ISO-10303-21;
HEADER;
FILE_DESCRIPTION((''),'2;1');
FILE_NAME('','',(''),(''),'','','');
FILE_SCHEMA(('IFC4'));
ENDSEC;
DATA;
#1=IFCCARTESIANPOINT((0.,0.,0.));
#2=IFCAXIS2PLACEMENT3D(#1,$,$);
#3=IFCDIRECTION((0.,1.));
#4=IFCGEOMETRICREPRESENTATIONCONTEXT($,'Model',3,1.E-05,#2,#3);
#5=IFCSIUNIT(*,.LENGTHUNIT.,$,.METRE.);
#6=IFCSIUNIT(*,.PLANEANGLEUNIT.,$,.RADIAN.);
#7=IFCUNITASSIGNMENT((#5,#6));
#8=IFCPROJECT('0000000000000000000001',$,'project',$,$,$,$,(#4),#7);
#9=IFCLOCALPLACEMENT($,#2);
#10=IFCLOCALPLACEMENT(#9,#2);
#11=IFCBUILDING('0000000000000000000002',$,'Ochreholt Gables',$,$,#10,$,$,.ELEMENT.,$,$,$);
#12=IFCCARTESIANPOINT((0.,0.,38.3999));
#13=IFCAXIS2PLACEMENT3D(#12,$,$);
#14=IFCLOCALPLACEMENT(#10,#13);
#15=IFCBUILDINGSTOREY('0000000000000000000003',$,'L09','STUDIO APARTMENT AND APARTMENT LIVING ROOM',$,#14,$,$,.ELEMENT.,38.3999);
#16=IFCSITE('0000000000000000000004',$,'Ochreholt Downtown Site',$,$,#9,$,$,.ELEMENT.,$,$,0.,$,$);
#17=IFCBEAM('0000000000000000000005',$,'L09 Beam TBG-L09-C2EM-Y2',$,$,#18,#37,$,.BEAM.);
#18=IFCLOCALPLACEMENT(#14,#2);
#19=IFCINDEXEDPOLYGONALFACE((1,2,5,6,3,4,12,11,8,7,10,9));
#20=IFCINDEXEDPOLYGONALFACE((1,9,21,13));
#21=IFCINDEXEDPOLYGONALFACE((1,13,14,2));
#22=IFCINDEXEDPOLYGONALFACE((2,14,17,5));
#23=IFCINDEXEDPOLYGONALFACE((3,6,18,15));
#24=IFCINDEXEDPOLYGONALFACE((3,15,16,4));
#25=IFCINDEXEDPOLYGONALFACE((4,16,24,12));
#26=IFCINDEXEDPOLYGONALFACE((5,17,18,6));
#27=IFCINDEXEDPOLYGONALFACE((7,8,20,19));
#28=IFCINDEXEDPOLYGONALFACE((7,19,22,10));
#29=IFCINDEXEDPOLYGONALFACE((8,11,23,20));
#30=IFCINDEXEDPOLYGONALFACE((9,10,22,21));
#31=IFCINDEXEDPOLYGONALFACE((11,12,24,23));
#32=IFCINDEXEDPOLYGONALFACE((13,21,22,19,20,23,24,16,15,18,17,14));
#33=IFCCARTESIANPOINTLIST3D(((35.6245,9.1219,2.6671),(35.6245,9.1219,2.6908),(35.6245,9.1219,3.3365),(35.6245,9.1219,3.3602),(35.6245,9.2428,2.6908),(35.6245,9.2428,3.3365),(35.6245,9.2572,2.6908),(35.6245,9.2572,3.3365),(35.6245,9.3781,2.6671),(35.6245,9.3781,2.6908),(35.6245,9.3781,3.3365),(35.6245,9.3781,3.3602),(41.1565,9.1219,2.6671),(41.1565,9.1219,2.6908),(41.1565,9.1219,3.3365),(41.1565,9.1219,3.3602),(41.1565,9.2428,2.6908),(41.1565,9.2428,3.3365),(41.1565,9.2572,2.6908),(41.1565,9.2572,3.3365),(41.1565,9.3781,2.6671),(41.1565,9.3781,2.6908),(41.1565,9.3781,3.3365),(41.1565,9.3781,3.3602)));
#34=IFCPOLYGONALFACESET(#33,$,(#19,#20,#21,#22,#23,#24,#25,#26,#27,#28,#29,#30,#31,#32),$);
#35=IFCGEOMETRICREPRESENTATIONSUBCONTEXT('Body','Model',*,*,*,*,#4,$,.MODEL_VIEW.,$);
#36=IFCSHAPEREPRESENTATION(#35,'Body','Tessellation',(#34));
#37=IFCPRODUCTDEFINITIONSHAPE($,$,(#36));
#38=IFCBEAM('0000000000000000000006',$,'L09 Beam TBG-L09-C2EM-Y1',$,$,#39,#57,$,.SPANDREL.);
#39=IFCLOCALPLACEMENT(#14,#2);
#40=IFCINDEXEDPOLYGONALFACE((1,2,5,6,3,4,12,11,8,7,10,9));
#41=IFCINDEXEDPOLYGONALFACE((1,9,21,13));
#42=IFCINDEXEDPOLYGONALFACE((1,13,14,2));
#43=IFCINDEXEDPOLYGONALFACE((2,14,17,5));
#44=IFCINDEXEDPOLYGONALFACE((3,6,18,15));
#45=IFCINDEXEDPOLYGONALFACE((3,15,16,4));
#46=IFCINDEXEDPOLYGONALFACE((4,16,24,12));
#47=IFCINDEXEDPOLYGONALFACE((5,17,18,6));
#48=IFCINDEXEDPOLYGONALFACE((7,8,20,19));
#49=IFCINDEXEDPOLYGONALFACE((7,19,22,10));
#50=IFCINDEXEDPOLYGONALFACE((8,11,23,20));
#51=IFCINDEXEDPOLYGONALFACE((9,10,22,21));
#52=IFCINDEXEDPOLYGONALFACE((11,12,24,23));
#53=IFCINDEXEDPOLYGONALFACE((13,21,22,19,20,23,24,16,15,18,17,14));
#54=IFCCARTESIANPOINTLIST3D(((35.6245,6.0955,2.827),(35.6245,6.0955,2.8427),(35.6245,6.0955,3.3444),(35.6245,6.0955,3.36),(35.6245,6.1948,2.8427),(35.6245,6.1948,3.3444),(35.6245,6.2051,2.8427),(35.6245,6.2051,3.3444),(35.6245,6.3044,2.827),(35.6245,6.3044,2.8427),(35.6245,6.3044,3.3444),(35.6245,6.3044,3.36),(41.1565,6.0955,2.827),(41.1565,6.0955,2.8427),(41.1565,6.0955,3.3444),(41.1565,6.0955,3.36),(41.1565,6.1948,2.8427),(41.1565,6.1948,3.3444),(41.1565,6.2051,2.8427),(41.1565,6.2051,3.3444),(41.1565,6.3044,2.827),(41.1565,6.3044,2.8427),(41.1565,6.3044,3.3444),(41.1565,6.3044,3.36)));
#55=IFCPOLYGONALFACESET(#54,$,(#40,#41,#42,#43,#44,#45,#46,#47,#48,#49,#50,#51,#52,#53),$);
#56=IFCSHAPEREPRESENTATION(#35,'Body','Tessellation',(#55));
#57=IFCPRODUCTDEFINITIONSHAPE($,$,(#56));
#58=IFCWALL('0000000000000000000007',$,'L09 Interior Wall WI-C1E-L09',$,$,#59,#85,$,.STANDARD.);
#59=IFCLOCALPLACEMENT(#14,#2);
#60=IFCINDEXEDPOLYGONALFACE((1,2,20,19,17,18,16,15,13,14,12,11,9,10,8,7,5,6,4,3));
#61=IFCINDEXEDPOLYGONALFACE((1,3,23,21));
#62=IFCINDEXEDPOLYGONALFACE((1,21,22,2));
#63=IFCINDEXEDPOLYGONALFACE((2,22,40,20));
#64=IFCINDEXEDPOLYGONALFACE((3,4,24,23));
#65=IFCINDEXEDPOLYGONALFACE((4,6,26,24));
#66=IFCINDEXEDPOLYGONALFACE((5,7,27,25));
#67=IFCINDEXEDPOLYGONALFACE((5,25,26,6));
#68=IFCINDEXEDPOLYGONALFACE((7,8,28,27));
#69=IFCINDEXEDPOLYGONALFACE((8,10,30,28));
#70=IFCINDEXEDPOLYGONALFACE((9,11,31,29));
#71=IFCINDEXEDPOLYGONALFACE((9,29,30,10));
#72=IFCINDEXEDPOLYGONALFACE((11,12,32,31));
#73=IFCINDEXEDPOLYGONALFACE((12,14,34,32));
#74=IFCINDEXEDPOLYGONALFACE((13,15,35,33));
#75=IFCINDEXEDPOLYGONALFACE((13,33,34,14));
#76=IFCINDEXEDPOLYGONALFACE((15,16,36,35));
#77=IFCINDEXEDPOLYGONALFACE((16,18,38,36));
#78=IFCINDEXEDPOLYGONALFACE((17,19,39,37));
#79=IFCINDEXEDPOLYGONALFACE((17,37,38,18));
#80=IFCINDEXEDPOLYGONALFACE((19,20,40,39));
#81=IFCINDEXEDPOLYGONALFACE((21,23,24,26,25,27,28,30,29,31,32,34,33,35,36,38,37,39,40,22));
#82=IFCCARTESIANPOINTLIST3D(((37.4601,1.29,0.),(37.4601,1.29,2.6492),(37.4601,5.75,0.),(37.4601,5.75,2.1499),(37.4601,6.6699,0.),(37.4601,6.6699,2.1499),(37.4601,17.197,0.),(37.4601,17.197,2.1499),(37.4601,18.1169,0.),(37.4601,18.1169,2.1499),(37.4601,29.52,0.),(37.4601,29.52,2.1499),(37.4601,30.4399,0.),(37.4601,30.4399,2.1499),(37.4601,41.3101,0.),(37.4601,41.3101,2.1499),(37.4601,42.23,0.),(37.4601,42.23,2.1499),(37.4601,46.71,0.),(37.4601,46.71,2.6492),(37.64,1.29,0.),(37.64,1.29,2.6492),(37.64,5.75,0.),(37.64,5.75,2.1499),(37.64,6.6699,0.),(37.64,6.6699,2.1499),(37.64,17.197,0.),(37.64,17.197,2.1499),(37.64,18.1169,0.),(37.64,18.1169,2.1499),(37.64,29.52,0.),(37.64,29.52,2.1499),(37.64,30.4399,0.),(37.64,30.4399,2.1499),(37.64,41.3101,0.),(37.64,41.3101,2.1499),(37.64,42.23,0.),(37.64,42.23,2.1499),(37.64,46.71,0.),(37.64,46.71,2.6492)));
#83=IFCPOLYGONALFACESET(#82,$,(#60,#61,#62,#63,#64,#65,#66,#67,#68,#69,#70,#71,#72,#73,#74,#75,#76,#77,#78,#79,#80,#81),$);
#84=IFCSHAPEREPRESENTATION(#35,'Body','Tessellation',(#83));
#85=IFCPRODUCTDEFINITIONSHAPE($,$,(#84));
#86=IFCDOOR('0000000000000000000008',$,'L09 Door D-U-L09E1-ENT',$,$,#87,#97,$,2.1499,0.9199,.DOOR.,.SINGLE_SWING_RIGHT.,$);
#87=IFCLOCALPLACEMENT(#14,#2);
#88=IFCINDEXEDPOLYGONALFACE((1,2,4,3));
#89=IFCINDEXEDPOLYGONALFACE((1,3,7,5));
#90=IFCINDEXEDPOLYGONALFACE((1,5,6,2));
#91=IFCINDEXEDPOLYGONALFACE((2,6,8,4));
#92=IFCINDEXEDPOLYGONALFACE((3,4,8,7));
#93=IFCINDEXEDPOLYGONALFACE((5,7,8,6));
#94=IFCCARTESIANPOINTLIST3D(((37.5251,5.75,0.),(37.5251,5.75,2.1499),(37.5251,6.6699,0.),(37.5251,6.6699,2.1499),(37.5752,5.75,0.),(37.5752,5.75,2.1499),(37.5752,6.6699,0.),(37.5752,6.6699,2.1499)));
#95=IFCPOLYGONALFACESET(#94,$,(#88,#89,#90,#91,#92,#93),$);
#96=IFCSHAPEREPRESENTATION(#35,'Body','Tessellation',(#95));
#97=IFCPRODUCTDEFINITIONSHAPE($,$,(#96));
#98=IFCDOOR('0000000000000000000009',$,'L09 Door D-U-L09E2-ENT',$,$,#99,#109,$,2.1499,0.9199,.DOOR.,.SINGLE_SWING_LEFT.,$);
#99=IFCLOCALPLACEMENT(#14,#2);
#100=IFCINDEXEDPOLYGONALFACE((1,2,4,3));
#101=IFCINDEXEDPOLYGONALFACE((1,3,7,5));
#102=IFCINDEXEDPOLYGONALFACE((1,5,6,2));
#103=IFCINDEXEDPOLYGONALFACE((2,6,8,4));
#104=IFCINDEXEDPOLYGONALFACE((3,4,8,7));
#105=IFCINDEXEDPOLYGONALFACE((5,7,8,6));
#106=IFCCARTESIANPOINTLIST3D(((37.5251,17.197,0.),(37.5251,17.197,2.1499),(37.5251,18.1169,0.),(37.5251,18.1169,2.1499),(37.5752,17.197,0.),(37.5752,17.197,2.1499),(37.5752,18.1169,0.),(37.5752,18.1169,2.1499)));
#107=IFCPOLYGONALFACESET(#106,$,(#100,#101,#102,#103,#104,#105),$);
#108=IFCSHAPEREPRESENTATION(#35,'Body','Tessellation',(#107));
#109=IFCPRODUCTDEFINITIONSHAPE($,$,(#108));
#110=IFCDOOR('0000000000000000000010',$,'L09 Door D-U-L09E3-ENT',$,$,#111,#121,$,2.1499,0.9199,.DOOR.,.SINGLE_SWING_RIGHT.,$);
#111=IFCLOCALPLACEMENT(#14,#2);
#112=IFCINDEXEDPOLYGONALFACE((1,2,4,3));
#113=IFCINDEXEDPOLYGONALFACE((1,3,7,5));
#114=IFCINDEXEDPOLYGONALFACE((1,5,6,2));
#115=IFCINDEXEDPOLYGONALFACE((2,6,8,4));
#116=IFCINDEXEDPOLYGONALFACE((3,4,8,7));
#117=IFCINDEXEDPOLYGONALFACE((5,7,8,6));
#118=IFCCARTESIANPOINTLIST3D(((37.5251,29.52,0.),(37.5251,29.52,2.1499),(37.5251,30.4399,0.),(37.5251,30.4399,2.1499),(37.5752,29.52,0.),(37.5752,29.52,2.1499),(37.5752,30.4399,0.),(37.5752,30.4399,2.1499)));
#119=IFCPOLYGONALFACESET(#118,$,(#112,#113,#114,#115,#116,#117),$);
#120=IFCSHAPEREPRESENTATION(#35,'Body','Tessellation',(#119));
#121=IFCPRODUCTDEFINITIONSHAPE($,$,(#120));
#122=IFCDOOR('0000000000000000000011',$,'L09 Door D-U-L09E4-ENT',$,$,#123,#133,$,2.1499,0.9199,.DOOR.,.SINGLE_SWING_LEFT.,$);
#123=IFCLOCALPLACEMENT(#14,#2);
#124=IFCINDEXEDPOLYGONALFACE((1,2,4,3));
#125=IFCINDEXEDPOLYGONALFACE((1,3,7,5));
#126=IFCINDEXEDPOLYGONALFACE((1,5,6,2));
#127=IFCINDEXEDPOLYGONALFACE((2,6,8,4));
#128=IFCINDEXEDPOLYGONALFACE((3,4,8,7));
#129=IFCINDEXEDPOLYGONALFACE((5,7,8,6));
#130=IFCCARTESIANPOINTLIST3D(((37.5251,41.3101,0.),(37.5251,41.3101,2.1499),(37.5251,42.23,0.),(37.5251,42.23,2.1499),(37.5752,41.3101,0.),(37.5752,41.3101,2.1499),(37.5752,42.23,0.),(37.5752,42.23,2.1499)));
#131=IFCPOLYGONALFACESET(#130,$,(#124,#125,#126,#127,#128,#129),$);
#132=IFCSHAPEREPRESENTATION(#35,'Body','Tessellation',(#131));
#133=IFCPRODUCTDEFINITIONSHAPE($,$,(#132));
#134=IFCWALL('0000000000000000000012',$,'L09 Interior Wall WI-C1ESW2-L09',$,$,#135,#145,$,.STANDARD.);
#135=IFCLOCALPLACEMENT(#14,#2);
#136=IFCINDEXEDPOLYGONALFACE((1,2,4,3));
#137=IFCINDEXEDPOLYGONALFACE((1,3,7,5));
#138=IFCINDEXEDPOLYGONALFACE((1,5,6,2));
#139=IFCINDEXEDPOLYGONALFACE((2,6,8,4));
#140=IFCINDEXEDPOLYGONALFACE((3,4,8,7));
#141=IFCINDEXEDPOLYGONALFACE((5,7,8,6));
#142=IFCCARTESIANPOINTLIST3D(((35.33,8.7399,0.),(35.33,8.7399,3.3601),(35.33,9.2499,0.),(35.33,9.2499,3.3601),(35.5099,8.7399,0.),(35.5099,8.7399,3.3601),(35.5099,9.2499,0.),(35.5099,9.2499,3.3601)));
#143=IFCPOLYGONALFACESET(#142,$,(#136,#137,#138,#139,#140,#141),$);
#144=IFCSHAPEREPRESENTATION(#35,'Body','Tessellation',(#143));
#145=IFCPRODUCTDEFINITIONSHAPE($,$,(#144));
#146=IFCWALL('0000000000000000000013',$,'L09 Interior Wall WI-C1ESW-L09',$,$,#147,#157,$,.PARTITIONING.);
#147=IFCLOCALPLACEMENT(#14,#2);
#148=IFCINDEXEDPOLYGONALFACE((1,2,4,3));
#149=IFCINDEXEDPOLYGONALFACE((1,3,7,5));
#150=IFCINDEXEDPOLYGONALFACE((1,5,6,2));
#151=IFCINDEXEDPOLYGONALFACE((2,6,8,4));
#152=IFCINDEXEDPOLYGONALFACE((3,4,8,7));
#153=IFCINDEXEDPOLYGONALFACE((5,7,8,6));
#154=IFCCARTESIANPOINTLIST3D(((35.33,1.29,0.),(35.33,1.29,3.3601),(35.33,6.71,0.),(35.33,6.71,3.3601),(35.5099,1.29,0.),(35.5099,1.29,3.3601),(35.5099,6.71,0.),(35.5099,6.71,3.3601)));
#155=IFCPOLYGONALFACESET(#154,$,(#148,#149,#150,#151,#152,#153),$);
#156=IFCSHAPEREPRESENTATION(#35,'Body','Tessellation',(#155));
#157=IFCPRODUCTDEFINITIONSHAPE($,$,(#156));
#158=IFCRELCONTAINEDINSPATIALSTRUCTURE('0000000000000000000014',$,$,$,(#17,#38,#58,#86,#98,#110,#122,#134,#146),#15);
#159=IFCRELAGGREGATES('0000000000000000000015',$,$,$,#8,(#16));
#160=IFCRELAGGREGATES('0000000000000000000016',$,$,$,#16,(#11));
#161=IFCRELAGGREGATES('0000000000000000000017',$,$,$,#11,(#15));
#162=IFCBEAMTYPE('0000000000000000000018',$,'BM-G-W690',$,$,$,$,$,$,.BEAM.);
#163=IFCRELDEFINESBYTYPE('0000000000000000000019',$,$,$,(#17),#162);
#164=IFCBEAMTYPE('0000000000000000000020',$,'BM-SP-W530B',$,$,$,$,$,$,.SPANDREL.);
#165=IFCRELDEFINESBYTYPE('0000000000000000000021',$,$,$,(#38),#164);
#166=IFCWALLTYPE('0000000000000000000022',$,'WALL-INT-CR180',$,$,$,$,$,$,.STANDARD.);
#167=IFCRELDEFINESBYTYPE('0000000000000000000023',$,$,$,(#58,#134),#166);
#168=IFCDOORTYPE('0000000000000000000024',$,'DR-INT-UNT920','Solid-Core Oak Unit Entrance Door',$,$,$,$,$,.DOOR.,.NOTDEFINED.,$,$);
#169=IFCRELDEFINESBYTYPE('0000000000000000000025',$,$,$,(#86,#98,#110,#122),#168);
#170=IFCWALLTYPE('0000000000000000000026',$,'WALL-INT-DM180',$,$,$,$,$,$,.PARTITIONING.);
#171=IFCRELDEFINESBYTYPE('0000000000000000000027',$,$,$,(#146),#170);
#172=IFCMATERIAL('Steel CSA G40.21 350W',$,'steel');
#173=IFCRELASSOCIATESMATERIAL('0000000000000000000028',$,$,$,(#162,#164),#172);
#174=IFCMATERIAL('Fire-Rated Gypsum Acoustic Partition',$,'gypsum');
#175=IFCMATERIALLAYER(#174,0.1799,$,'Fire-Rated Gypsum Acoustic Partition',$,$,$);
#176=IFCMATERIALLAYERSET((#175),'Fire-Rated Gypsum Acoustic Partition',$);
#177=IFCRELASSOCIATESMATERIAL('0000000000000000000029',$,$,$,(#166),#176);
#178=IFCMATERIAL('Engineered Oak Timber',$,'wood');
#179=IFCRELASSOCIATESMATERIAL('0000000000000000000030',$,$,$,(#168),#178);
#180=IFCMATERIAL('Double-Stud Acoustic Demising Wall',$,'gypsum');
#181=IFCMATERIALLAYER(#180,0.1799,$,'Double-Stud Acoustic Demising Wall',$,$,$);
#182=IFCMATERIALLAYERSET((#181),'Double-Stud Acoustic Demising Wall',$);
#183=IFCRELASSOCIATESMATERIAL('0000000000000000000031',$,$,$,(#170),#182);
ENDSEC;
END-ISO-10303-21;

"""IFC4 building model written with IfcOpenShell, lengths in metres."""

from ifc_helpers import new_model, si_unit, direction, frame, frame_2d, origin, origin_2d, place, context, subcontext, project, spatial, rectangle, i_section, extrude, material, layer, layer_set, material_profile, profile_set, type_object, element, fill, save


model = new_model("IFC4")

# Units and contexts
model_context = context("Model", 3, precision=1e-05, world=origin(), true_north=direction((0.0, 1.0)))
body_context = subcontext(model_context, "Body", "Model", "MODEL_VIEW")
ifc_project = project(units=[si_unit("LENGTHUNIT", "METRE"), si_unit("PLANEANGLEUNIT", "RADIAN")], contexts=[model_context])

# Site, building, storey
site_placement = place(None, origin())
site = spatial("IfcSite", under=ifc_project, at=site_placement, Name="Ochreholt Downtown Site", CompositionType="ELEMENT", RefElevation=0.0)
building_placement = place(site_placement, origin())
building = spatial("IfcBuilding", under=site, at=building_placement, Name="Ochreholt Gables", CompositionType="ELEMENT")
storey_placement = place(building_placement, frame((0.0, 0.0, 38.3999)))
storey = spatial("IfcBuildingStorey", under=building, at=storey_placement, Name="L09", Description="STUDIO APARTMENT AND APARTMENT LIVING ROOM", CompositionType="ELEMENT", Elevation=38.3999)

# Beams
ifc_material_1 = material(Name="Steel CSA G40.21 350W", Category="steel")
ifc_material_profile_1 = material_profile(ifc_material_1, i_section(OverallWidth=0.2561, OverallDepth=0.6931, WebThickness=0.0144, FlangeThickness=0.0237, at=origin_2d()), Name="W690X170")
ifc_profile_set_1 = profile_set([ifc_material_profile_1], Name="Steel CSA G40.21 350W")
beam_type_1 = type_object("IfcBeamType", Name="BM-G-W690", PredefinedType="BEAM", material=ifc_profile_set_1)
beam_1_placement = place(storey_placement, frame((35.6245, 9.25, 3.0137), z_axis=(1.0, 0.0, 0.0), x_axis=(0.0, 1.0, 0.0)))
element("IfcBeam", 1, at=beam_1_placement, inside=storey, type_object=beam_type_1, Name="L09 Beam TBG-L09-C2EM-Y2", PredefinedType="BEAM", context=body_context, shape_type="SweptSolid", body=[
    extrude(i_section(OverallWidth=0.2561, OverallDepth=0.6931, WebThickness=0.0144, FlangeThickness=0.0237, at=origin_2d()), origin(), (0.0, 0.0, 1.0), 5.532),
])
ifc_material_profile_2 = material_profile(ifc_material_1, i_section(OverallWidth=0.209, OverallDepth=0.533, WebThickness=0.0103, FlangeThickness=0.0156, at=origin_2d()), Name="W530X92")
ifc_profile_set_2 = profile_set([ifc_material_profile_2], Name="Steel CSA G40.21 350W")
beam_type_2 = type_object("IfcBeamType", Name="BM-SP-W530B", PredefinedType="SPANDREL", material=ifc_profile_set_2)
beam_2_placement = place(storey_placement, frame((35.6245, 6.2, 3.0935), z_axis=(1.0, 0.0, 0.0), x_axis=(0.0, 1.0, 0.0)))
element("IfcBeam", 2, at=beam_2_placement, inside=storey, type_object=beam_type_2, Name="L09 Beam TBG-L09-C2EM-Y1", PredefinedType="SPANDREL", context=body_context, shape_type="SweptSolid", body=[
    extrude(i_section(OverallWidth=0.209, OverallDepth=0.533, WebThickness=0.0103, FlangeThickness=0.0156, at=origin_2d()), origin(), (0.0, 0.0, 1.0), 5.532),
])

# Wall, openings, doors
ifc_material_2 = material(Name="Fire-Rated Gypsum Acoustic Partition", Category="gypsum")
ifc_layer_1 = layer(ifc_material_2, 0.1799, Name="Fire-Rated Gypsum Acoustic Partition")
ifc_layer_set_1 = layer_set([ifc_layer_1], Name="Fire-Rated Gypsum Acoustic Partition")
wall_type_1 = type_object("IfcWallType", Name="WALL-INT-CR180", PredefinedType="STANDARD", material=ifc_layer_set_1)
wall_1_placement = place(storey_placement, frame((37.55, 1.29, 0.0), z_axis=(0.0, 0.0, 1.0), x_axis=(0.0, 1.0, 0.0)))
wall_1 = element("IfcWall", 3, at=wall_1_placement, inside=storey, type_object=wall_type_1, Name="L09 Interior Wall WI-C1E-L09", PredefinedType="STANDARD", context=body_context, shape_type="SweptSolid", body=[
    extrude(rectangle(XDim=45.4199, YDim=0.1799, at=frame_2d((22.71, 0.0))), origin(), (0.0, 0.0, 1.0), 2.6492),
])
opening_1_placement = place(wall_1_placement, frame((4.46, 0.0, 0.0)))
opening_1 = element("IfcOpeningElement", 4, at=opening_1_placement, cuts=wall_1, PredefinedType="OPENING", context=body_context, shape_type="SweptSolid", body=[
    extrude(rectangle(XDim=0.9199, YDim=2.1499, at=frame_2d((0.46, 1.075))), frame((0.0, 0.0999, 0.0), z_axis=(0.0, -1.0, 0.0), x_axis=(1.0, 0.0, 0.0)), (0.0, 0.0, 1.0), 0.2),
])
opening_2_placement = place(wall_1_placement, frame((15.907, 0.0, 0.0)))
opening_2 = element("IfcOpeningElement", 5, at=opening_2_placement, cuts=wall_1, PredefinedType="OPENING", context=body_context, shape_type="SweptSolid", body=[
    extrude(rectangle(XDim=0.9199, YDim=2.1499, at=frame_2d((0.46, 1.075))), frame((0.0, 0.0999, 0.0), z_axis=(0.0, -1.0, 0.0), x_axis=(1.0, 0.0, 0.0)), (0.0, 0.0, 1.0), 0.2),
])
opening_3_placement = place(wall_1_placement, frame((28.23, 0.0, 0.0)))
opening_3 = element("IfcOpeningElement", 6, at=opening_3_placement, cuts=wall_1, PredefinedType="OPENING", context=body_context, shape_type="SweptSolid", body=[
    extrude(rectangle(XDim=0.9199, YDim=2.1499, at=frame_2d((0.46, 1.075))), frame((0.0, 0.0999, 0.0), z_axis=(0.0, -1.0, 0.0), x_axis=(1.0, 0.0, 0.0)), (0.0, 0.0, 1.0), 0.2),
])
opening_4_placement = place(wall_1_placement, frame((40.02, 0.0, 0.0)))
opening_4 = element("IfcOpeningElement", 7, at=opening_4_placement, cuts=wall_1, PredefinedType="OPENING", context=body_context, shape_type="SweptSolid", body=[
    extrude(rectangle(XDim=0.9199, YDim=2.1499, at=frame_2d((0.46, 1.075))), frame((0.0, 0.0999, 0.0), z_axis=(0.0, -1.0, 0.0), x_axis=(1.0, 0.0, 0.0)), (0.0, 0.0, 1.0), 0.2),
])
ifc_material_3 = material(Name="Engineered Oak Timber", Category="wood")
door_type_1 = type_object("IfcDoorType", Name="DR-INT-UNT920", Description="Solid-Core Oak Unit Entrance Door", OperationType="NOTDEFINED", PredefinedType="DOOR", material=ifc_material_3)
door_1_placement = place(opening_1_placement, origin())
door_1 = element("IfcDoor", 8, at=door_1_placement, inside=storey, type_object=door_type_1, Name="L09 Door D-U-L09E1-ENT", OperationType="SINGLE_SWING_RIGHT", OverallHeight=2.1499, OverallWidth=0.9199, PredefinedType="DOOR", context=body_context, shape_type="SweptSolid", body=[
    extrude(rectangle(XDim=0.9199, YDim=2.1499, at=frame_2d((0.46, 1.075))), frame((0.0, 0.0249, 0.0), z_axis=(0.0, -1.0, 0.0), x_axis=(1.0, 0.0, 0.0)), (0.0, 0.0, 1.0), 0.05),
])
fill(opening_1, door_1)
door_2_placement = place(opening_2_placement, origin())
door_2 = element("IfcDoor", 9, at=door_2_placement, inside=storey, type_object=door_type_1, Name="L09 Door D-U-L09E2-ENT", OperationType="SINGLE_SWING_LEFT", OverallHeight=2.1499, OverallWidth=0.9199, PredefinedType="DOOR", context=body_context, shape_type="SweptSolid", body=[
    extrude(rectangle(XDim=0.9199, YDim=2.1499, at=frame_2d((0.46, 1.075))), frame((0.0, 0.0249, 0.0), z_axis=(0.0, -1.0, 0.0), x_axis=(1.0, 0.0, 0.0)), (0.0, 0.0, 1.0), 0.05),
])
fill(opening_2, door_2)
door_3_placement = place(opening_3_placement, origin())
door_3 = element("IfcDoor", 10, at=door_3_placement, inside=storey, type_object=door_type_1, Name="L09 Door D-U-L09E3-ENT", OperationType="SINGLE_SWING_RIGHT", OverallHeight=2.1499, OverallWidth=0.9199, PredefinedType="DOOR", context=body_context, shape_type="SweptSolid", body=[
    extrude(rectangle(XDim=0.9199, YDim=2.1499, at=frame_2d((0.46, 1.075))), frame((0.0, 0.0249, 0.0), z_axis=(0.0, -1.0, 0.0), x_axis=(1.0, 0.0, 0.0)), (0.0, 0.0, 1.0), 0.05),
])
fill(opening_3, door_3)
door_4_placement = place(opening_4_placement, origin())
door_4 = element("IfcDoor", 11, at=door_4_placement, inside=storey, type_object=door_type_1, Name="L09 Door D-U-L09E4-ENT", OperationType="SINGLE_SWING_LEFT", OverallHeight=2.1499, OverallWidth=0.9199, PredefinedType="DOOR", context=body_context, shape_type="SweptSolid", body=[
    extrude(rectangle(XDim=0.9199, YDim=2.1499, at=frame_2d((0.46, 1.075))), frame((0.0, 0.0249, 0.0), z_axis=(0.0, -1.0, 0.0), x_axis=(1.0, 0.0, 0.0)), (0.0, 0.0, 1.0), 0.05),
])
fill(opening_4, door_4)

# Walls
wall_2_placement = place(storey_placement, frame((35.4199, 8.74, 0.0), z_axis=(0.0, 0.0, 1.0), x_axis=(0.0, 1.0, 0.0)))
element("IfcWall", 12, at=wall_2_placement, inside=storey, type_object=wall_type_1, Name="L09 Interior Wall WI-C1ESW2-L09", PredefinedType="STANDARD", context=body_context, shape_type="SweptSolid", body=[
    extrude(rectangle(XDim=0.51, YDim=0.1799, at=frame_2d((0.2549, 0.0))), origin(), (0.0, 0.0, 1.0), 3.3601),
])
ifc_material_4 = material(Name="Double-Stud Acoustic Demising Wall", Category="gypsum")
ifc_layer_2 = layer(ifc_material_4, 0.1799, Name="Double-Stud Acoustic Demising Wall")
ifc_layer_set_2 = layer_set([ifc_layer_2], Name="Double-Stud Acoustic Demising Wall")
wall_type_2 = type_object("IfcWallType", Name="WALL-INT-DM180", PredefinedType="PARTITIONING", material=ifc_layer_set_2)
wall_3_placement = place(storey_placement, frame((35.4199, 1.29, 0.0), z_axis=(0.0, 0.0, 1.0), x_axis=(0.0, 1.0, 0.0)))
element("IfcWall", 13, at=wall_3_placement, inside=storey, type_object=wall_type_2, Name="L09 Interior Wall WI-C1ESW-L09", PredefinedType="PARTITIONING", context=body_context, shape_type="SweptSolid", body=[
    extrude(rectangle(XDim=5.4199, YDim=0.1799, at=frame_2d((2.71, 0.0))), origin(), (0.0, 0.0, 1.0), 3.3601),
])

save(model, "model.ifc")
